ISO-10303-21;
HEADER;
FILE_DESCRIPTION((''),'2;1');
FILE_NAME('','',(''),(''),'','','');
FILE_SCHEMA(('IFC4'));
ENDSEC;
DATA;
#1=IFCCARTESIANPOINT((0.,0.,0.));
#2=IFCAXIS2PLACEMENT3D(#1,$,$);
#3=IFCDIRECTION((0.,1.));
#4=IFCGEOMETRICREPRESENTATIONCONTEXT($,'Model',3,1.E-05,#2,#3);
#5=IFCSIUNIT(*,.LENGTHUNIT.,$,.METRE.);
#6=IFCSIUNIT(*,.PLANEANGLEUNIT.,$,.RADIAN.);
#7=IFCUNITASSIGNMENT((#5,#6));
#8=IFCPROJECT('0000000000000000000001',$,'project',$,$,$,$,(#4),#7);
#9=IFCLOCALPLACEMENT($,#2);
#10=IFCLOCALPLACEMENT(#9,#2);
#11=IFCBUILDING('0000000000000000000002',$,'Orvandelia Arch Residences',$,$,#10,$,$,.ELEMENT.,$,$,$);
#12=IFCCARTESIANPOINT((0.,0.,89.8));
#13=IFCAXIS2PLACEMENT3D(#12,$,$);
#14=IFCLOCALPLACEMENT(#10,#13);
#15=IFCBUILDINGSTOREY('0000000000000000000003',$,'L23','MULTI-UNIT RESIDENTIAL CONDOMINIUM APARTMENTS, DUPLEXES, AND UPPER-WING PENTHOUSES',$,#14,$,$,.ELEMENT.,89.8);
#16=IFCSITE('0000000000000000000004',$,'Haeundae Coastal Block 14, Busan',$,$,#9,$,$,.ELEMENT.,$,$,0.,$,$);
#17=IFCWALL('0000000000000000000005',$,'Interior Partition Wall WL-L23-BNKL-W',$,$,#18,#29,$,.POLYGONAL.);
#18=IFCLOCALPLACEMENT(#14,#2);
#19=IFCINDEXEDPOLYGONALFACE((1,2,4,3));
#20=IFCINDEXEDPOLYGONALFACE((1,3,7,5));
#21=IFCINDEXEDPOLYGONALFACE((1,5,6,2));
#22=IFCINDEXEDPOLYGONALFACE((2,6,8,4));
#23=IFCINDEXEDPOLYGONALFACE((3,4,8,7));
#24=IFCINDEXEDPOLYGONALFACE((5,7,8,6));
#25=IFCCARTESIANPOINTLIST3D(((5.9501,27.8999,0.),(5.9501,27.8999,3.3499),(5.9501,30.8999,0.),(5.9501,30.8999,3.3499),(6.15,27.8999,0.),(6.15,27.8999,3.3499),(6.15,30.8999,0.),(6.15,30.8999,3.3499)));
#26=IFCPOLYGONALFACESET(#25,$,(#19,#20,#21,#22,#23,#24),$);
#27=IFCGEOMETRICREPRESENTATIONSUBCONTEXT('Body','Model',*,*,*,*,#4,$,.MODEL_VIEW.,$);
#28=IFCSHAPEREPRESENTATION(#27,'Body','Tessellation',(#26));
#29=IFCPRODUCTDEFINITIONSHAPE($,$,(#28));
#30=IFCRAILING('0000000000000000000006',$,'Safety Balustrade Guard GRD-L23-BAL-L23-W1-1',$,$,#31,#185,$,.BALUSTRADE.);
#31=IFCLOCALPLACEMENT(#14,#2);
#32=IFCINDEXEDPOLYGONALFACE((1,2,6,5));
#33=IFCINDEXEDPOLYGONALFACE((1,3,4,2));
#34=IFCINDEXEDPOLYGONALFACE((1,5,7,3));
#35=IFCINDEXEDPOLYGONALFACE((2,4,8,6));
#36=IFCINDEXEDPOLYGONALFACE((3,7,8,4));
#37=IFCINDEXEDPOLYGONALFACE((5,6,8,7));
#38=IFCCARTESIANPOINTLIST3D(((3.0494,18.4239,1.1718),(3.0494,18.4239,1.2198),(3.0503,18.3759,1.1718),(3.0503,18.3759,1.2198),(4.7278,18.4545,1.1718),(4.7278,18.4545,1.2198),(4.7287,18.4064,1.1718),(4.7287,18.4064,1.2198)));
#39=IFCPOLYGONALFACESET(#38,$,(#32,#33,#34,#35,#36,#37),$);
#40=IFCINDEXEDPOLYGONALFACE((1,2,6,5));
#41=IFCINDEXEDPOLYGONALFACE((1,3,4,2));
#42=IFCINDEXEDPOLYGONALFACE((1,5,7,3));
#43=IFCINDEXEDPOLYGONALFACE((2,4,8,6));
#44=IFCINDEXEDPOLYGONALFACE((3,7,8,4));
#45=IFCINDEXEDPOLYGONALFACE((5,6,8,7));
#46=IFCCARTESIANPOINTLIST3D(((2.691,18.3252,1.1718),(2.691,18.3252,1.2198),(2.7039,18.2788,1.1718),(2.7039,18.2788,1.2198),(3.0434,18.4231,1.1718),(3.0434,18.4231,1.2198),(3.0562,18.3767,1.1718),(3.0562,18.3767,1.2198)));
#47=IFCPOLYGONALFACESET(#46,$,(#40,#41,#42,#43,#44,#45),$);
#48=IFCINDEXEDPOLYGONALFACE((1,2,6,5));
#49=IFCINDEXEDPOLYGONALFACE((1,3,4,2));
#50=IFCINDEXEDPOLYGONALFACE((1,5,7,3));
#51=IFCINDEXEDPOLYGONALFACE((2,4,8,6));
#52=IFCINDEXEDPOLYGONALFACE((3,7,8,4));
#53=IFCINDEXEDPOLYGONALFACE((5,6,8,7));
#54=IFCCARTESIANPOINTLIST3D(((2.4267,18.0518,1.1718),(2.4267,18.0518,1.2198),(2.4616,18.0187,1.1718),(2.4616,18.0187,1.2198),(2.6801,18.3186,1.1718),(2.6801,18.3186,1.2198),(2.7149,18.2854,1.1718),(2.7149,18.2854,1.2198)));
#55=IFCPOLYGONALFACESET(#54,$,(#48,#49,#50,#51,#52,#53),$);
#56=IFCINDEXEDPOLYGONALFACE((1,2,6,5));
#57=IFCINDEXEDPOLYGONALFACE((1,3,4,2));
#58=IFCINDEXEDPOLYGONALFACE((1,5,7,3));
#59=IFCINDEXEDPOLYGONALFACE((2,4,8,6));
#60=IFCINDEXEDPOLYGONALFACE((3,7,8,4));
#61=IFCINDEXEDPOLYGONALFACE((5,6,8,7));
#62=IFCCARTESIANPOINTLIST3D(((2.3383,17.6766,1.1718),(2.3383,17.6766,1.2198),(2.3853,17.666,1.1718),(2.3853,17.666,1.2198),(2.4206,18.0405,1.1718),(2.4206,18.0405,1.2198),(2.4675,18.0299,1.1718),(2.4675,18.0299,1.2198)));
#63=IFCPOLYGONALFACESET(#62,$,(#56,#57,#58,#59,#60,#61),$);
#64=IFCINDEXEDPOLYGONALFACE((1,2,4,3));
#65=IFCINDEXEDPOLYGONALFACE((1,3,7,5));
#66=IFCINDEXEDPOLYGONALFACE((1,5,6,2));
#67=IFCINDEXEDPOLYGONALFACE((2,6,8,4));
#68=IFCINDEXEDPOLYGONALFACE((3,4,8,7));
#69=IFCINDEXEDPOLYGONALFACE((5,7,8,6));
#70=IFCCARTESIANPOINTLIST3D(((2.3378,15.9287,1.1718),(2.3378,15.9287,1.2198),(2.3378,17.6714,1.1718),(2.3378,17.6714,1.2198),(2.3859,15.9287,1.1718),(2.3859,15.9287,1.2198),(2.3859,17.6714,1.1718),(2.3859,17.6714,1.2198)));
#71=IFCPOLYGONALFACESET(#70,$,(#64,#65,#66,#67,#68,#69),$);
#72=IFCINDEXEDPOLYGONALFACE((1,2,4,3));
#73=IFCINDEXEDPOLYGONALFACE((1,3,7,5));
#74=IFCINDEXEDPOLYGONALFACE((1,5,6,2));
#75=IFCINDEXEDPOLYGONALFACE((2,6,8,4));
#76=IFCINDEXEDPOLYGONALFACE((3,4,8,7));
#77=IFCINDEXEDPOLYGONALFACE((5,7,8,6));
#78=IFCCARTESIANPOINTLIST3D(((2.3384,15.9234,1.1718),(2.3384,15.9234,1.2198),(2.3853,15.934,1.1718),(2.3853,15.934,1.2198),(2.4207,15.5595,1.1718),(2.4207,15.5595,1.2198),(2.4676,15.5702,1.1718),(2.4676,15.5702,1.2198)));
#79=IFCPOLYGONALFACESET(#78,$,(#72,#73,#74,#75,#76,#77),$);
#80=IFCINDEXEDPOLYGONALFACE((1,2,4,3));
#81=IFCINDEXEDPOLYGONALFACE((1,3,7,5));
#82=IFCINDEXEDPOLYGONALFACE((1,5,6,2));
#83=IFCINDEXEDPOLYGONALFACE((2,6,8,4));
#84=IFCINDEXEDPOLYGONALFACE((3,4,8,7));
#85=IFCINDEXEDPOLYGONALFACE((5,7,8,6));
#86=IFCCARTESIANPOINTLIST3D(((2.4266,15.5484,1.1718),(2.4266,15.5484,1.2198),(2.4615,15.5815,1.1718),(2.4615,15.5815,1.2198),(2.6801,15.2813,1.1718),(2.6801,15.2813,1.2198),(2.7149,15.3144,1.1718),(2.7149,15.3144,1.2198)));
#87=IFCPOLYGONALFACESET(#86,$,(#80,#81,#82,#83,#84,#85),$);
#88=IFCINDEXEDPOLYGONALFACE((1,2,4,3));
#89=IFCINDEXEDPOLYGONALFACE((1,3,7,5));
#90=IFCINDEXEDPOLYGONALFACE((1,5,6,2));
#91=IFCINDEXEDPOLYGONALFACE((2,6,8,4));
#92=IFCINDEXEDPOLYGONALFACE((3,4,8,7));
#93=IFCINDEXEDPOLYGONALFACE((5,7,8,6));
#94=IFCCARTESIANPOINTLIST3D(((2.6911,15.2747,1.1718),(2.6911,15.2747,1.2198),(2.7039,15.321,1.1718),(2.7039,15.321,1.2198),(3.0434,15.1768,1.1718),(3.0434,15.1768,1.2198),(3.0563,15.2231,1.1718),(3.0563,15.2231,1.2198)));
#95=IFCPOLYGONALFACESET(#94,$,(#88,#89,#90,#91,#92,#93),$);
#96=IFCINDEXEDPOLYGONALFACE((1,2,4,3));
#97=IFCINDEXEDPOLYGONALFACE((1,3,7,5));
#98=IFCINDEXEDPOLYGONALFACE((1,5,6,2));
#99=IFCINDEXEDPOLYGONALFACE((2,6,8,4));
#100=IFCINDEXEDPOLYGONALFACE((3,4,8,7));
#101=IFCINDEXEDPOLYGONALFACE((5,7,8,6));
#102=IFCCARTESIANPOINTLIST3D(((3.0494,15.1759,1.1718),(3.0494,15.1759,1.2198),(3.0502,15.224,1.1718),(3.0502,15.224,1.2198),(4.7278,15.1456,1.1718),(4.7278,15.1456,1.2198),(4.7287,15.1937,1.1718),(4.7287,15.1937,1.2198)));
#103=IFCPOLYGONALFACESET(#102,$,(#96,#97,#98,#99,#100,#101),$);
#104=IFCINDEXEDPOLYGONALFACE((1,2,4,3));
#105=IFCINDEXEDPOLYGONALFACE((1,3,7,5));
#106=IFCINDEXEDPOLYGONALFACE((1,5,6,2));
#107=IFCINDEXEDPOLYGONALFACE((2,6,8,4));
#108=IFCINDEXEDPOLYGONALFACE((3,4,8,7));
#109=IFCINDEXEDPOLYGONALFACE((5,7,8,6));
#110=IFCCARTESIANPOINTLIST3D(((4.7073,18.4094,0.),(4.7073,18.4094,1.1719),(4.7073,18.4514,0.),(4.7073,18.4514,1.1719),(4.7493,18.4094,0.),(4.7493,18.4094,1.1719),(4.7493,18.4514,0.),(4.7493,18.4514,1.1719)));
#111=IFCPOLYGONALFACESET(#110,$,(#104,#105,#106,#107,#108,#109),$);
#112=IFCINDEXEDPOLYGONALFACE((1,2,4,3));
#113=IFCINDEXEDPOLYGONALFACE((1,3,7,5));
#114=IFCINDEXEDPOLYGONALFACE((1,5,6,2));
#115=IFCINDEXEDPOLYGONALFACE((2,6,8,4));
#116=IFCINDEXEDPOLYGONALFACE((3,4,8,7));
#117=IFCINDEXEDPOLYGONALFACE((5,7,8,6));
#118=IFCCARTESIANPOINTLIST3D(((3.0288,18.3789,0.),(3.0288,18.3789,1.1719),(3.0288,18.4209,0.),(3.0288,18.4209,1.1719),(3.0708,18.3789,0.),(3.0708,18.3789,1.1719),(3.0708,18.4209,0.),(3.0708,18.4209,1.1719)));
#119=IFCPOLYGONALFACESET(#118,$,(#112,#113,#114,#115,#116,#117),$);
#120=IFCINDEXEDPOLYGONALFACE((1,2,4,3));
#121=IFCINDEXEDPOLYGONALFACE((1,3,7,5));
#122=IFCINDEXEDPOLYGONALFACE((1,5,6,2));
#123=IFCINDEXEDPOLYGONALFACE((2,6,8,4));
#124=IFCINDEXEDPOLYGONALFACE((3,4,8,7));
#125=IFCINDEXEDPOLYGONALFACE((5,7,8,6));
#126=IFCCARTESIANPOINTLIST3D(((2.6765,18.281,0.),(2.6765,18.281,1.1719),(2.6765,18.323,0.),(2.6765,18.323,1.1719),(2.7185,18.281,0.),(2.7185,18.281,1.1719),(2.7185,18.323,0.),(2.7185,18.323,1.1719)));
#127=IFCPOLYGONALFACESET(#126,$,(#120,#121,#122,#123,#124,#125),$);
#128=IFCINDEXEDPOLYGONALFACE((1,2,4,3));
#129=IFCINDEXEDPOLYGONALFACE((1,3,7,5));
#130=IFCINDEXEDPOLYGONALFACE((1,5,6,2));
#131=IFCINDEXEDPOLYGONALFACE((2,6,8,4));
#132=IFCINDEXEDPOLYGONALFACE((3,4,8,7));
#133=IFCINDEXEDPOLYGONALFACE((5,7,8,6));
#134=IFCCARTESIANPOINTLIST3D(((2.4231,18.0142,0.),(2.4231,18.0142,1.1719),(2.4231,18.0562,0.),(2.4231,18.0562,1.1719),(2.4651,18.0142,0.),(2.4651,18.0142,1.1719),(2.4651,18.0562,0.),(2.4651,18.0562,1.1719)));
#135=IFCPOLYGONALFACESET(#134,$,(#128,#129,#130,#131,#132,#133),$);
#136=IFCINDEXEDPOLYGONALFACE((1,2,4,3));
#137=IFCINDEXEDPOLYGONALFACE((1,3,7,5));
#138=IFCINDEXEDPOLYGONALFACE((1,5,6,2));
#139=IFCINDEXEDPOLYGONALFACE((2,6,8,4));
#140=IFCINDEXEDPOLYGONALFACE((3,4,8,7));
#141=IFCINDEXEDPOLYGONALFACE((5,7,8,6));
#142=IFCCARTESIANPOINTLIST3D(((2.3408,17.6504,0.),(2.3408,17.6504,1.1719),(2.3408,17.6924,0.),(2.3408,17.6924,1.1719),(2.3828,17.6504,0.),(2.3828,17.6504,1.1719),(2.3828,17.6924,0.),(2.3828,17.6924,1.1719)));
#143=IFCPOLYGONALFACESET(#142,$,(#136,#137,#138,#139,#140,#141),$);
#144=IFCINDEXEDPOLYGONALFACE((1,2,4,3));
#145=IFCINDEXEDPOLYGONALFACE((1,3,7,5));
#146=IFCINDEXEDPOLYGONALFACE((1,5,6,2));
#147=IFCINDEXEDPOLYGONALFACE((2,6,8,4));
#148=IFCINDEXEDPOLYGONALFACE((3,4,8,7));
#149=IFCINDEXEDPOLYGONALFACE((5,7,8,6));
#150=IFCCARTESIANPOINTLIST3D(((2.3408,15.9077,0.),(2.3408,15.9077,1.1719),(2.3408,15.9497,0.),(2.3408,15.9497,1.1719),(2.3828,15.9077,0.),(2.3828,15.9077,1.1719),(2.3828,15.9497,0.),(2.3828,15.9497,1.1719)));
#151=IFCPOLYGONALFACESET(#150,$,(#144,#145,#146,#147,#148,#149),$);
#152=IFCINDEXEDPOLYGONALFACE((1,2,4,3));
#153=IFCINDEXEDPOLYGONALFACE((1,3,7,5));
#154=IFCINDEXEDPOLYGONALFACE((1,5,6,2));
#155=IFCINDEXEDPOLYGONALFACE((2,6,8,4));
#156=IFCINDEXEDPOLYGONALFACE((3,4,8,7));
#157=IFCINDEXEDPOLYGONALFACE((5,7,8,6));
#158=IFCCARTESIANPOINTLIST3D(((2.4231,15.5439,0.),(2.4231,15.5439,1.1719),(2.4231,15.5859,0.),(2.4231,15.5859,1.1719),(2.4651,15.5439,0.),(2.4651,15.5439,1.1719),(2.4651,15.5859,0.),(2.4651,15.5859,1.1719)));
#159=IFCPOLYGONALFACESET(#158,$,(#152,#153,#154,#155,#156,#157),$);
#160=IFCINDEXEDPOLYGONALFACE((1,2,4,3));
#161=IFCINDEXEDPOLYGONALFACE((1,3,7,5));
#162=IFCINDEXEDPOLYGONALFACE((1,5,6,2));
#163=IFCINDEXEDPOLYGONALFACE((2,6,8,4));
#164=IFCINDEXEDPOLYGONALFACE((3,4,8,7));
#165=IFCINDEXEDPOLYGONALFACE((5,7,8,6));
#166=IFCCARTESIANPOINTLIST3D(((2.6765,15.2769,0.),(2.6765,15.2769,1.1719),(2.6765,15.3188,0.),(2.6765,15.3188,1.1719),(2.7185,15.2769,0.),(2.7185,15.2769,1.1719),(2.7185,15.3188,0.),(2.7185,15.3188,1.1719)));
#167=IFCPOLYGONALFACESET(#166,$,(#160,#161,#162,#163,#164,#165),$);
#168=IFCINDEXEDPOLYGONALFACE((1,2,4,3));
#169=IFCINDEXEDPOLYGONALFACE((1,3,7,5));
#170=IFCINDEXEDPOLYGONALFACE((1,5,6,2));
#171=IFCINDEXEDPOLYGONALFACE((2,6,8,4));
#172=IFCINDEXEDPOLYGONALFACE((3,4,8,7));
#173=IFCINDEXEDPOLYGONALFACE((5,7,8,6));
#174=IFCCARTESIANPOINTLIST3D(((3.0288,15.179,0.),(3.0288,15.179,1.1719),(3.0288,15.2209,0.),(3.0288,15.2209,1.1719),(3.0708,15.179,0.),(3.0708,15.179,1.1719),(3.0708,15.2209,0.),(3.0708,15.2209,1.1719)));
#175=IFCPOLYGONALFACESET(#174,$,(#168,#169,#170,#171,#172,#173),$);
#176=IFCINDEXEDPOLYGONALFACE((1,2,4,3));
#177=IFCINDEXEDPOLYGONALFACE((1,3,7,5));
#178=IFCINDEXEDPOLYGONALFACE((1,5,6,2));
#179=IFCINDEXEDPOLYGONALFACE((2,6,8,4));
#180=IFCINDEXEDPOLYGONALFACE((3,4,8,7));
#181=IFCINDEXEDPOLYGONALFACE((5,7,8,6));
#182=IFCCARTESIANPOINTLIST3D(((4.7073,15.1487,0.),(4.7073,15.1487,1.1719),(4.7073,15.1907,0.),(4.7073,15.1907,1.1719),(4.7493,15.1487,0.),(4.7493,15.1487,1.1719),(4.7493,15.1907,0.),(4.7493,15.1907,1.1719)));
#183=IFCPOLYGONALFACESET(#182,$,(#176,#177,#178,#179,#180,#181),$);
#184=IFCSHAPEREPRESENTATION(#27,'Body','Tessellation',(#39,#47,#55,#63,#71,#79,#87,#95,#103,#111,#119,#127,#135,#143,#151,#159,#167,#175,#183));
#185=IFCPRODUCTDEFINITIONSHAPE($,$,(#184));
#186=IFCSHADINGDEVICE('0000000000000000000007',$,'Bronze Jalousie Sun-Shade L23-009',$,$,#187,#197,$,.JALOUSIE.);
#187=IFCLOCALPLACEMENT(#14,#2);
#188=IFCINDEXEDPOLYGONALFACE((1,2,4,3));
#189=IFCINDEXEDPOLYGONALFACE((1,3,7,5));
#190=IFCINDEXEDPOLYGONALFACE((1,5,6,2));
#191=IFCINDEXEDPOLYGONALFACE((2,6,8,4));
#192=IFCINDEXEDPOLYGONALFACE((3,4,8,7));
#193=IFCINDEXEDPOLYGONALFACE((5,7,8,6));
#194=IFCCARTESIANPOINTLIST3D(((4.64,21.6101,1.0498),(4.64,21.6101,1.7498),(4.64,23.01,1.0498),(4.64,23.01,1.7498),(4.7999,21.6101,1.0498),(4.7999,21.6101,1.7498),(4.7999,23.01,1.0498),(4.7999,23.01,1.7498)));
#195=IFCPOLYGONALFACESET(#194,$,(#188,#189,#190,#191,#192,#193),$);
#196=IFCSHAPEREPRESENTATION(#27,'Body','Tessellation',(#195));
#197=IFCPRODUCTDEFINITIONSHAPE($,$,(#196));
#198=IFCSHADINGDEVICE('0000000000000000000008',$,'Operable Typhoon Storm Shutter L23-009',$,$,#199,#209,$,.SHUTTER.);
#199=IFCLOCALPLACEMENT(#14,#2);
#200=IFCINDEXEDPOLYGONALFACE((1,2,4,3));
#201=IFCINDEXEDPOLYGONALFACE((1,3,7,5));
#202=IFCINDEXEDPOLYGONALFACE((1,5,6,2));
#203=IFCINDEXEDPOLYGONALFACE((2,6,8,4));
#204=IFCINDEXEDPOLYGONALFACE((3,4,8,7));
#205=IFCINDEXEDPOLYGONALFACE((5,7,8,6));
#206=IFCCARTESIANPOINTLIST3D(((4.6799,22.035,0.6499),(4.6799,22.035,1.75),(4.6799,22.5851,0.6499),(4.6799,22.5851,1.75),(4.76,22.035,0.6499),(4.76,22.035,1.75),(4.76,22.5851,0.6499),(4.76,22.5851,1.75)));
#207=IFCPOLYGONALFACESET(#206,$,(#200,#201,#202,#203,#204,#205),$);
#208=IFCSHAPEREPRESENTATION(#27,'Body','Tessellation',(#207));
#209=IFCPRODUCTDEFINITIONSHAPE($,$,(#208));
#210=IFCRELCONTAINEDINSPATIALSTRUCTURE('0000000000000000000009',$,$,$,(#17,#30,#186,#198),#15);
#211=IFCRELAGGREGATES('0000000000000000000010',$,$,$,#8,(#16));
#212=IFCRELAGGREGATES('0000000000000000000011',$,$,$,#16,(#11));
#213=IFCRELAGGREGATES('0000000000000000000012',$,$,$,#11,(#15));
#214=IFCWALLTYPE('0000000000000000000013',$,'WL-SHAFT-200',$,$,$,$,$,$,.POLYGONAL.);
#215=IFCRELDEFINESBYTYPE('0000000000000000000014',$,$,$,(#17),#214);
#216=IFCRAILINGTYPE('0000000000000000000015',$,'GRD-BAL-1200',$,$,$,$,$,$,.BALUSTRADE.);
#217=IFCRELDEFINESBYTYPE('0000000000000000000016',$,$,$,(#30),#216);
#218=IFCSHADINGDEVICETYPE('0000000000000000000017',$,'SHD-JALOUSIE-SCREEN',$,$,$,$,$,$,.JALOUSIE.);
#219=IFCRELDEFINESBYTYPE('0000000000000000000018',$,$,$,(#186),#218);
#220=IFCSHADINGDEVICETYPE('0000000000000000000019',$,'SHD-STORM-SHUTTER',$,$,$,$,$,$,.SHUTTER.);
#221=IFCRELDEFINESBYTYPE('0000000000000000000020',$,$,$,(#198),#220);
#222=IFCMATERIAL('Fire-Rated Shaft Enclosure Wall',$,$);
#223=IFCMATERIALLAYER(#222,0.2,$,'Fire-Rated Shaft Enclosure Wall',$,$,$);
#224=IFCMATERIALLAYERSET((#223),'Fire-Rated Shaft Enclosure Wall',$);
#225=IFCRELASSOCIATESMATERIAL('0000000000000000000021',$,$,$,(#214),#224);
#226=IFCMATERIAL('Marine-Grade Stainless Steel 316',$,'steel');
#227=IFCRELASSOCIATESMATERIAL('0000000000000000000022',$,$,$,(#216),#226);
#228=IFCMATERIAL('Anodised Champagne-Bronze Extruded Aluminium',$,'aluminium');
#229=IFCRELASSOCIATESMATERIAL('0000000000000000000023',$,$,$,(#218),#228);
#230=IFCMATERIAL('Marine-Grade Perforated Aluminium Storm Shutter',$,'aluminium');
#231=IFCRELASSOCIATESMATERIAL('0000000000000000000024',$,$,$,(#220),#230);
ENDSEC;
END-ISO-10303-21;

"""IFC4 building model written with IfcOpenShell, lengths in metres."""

from ifc_helpers import new_model, si_unit, direction, frame, frame_2d, origin, origin_2d, place, context, subcontext, project, spatial, rectangle, extrude, material, layer, layer_set, type_object, element, save


model = new_model("IFC4")

# Units and contexts
model_context = context("Model", 3, precision=1e-05, world=origin(), true_north=direction((0.0, 1.0)))
body_context = subcontext(model_context, "Body", "Model", "MODEL_VIEW")
ifc_project = project(units=[si_unit("LENGTHUNIT", "METRE"), si_unit("PLANEANGLEUNIT", "RADIAN")], contexts=[model_context])

# Site, building, storey
site_placement = place(None, origin())
site = spatial("IfcSite", under=ifc_project, at=site_placement, Name="Haeundae Coastal Block 14, Busan", CompositionType="ELEMENT", RefElevation=0.0)
building_placement = place(site_placement, origin())
building = spatial("IfcBuilding", under=site, at=building_placement, Name="Orvandelia Arch Residences", CompositionType="ELEMENT")
storey_placement = place(building_placement, frame((0.0, 0.0, 89.8)))
storey = spatial("IfcBuildingStorey", under=building, at=storey_placement, Name="L23", Description="MULTI-UNIT RESIDENTIAL CONDOMINIUM APARTMENTS, DUPLEXES, AND UPPER-WING PENTHOUSES", CompositionType="ELEMENT", Elevation=89.8)

# Wall
ifc_material_1 = material(Name="Fire-Rated Shaft Enclosure Wall")
ifc_layer_1 = layer(ifc_material_1, 0.2, Name="Fire-Rated Shaft Enclosure Wall")
ifc_layer_set_1 = layer_set([ifc_layer_1], Name="Fire-Rated Shaft Enclosure Wall")
wall_type_1 = type_object("IfcWallType", Name="WL-SHAFT-200", PredefinedType="POLYGONAL", material=ifc_layer_set_1)
wall_1_placement = place(storey_placement, frame((6.05, 27.8999, 0.0), z_axis=(0.0, 0.0, 1.0), x_axis=(0.0, 1.0, 0.0)))
element("IfcWall", 1, at=wall_1_placement, inside=storey, type_object=wall_type_1, Name="Interior Partition Wall WL-L23-BNKL-W", PredefinedType="POLYGONAL", context=body_context, shape_type="SweptSolid", body=[
    extrude(rectangle(XDim=3.0, YDim=0.2, at=frame_2d((1.5, 0.0))), origin(), (0.0, 0.0, 1.0), 3.3499),
])

# Railing
ifc_material_2 = material(Name="Marine-Grade Stainless Steel 316", Category="steel")
railing_type = type_object("IfcRailingType", Name="GRD-BAL-1200", PredefinedType="BALUSTRADE", material=ifc_material_2)
railing_placement = place(storey_placement, frame((4.7283, 18.4304, 0.0)))
element("IfcRailing", 2, at=railing_placement, inside=storey, type_object=railing_type, Name="Safety Balustrade Guard GRD-L23-BAL-L23-W1-1", PredefinedType="BALUSTRADE", context=body_context, shape_type="SweptSolid", body=[
    extrude(rectangle(XDim=0.0481, YDim=0.0481, at=origin_2d()), frame((0.0, 0.0, 1.1958), z_axis=(-0.999835, -0.018179, 0.0), x_axis=(0.018179, -0.999835, 0.0)), (0.0, 0.0, 1.0), 1.6787),
    extrude(rectangle(XDim=0.0481, YDim=0.0481, at=origin_2d()), frame((-1.6785, -0.0305, 1.1958), z_axis=(-0.963489, -0.267747, 0.0), x_axis=(0.267747, -0.963489, 0.0)), (0.0, 0.0, 1.0), 0.3657),
    extrude(rectangle(XDim=0.0481, YDim=0.0481, at=origin_2d()), frame((-2.0308, -0.1284, 1.1958), z_axis=(-0.688627, -0.725115, 0.0), x_axis=(0.725115, -0.688627, 0.0)), (0.0, 0.0, 1.0), 0.3679),
    extrude(rectangle(XDim=0.0481, YDim=0.0481, at=origin_2d()), frame((-2.2842, -0.3953, 1.1958), z_axis=(-0.220602, -0.975364, 0.0), x_axis=(0.975364, -0.220602, 0.0)), (0.0, 0.0, 1.0), 0.373),
    extrude(rectangle(XDim=0.0481, YDim=0.0481, at=origin_2d()), frame((-2.3665, -0.759, 1.1958), z_axis=(0.0, -1.0, 0.0), x_axis=(1.0, 0.0, 0.0)), (0.0, 0.0, 1.0), 1.7427),
    extrude(rectangle(XDim=0.0481, YDim=0.0481, at=origin_2d()), frame((-2.3665, -2.5017, 1.1958), z_axis=(0.220602, -0.975364, 0.0), x_axis=(0.975364, 0.220602, 0.0)), (0.0, 0.0, 1.0), 0.373),
    extrude(rectangle(XDim=0.0481, YDim=0.0481, at=origin_2d()), frame((-2.2842, -2.8655, 1.1958), z_axis=(0.688296, -0.72543, 0.0), x_axis=(0.72543, 0.688296, 0.0)), (0.0, 0.0, 1.0), 0.3682),
    extrude(rectangle(XDim=0.0481, YDim=0.0481, at=origin_2d()), frame((-2.0308, -3.1326, 1.1958), z_axis=(0.963489, -0.267747, 0.0), x_axis=(0.267747, 0.963489, 0.0)), (0.0, 0.0, 1.0), 0.3657),
    extrude(rectangle(XDim=0.0481, YDim=0.0481, at=origin_2d()), frame((-1.6785, -3.2305, 1.1958), z_axis=(0.999837, -0.018033, 0.0), x_axis=(0.018033, 0.999837, 0.0)), (0.0, 0.0, 1.0), 1.6787),
    extrude(rectangle(XDim=0.042, YDim=0.042, at=origin_2d()), origin(), (0.0, 0.0, 1.0), 1.1719),
    extrude(rectangle(XDim=0.042, YDim=0.042, at=origin_2d()), frame((-1.6785, -0.0305, 0.0)), (0.0, 0.0, 1.0), 1.1719),
    extrude(rectangle(XDim=0.042, YDim=0.042, at=origin_2d()), frame((-2.0308, -0.1284, 0.0)), (0.0, 0.0, 1.0), 1.1719),
    extrude(rectangle(XDim=0.042, YDim=0.042, at=origin_2d()), frame((-2.2842, -0.3953, 0.0)), (0.0, 0.0, 1.0), 1.1719),
    extrude(rectangle(XDim=0.042, YDim=0.042, at=origin_2d()), frame((-2.3665, -0.759, 0.0)), (0.0, 0.0, 1.0), 1.1719),
    extrude(rectangle(XDim=0.042, YDim=0.042, at=origin_2d()), frame((-2.3665, -2.5017, 0.0)), (0.0, 0.0, 1.0), 1.1719),
    extrude(rectangle(XDim=0.042, YDim=0.042, at=origin_2d()), frame((-2.2842, -2.8655, 0.0)), (0.0, 0.0, 1.0), 1.1719),
    extrude(rectangle(XDim=0.042, YDim=0.042, at=origin_2d()), frame((-2.0308, -3.1326, 0.0)), (0.0, 0.0, 1.0), 1.1719),
    extrude(rectangle(XDim=0.042, YDim=0.042, at=origin_2d()), frame((-1.6785, -3.2305, 0.0)), (0.0, 0.0, 1.0), 1.1719),
    extrude(rectangle(XDim=0.042, YDim=0.042, at=origin_2d()), frame((0.0, -3.2607, 0.0)), (0.0, 0.0, 1.0), 1.1719),
])

# Shading devices
ifc_material_3 = material(Name="Anodised Champagne-Bronze Extruded Aluminium", Category="aluminium")
shading_device_type_1 = type_object("IfcShadingDeviceType", Name="SHD-JALOUSIE-SCREEN", PredefinedType="JALOUSIE", material=ifc_material_3)
shading_device_1_placement = place(storey_placement, frame((4.72, 22.3101, 1.0498), z_axis=(0.0, 0.0, 1.0), x_axis=(0.0, 1.0, 0.0)))
element("IfcShadingDevice", 3, at=shading_device_1_placement, inside=storey, type_object=shading_device_type_1, Name="Bronze Jalousie Sun-Shade L23-009", PredefinedType="JALOUSIE", context=body_context, shape_type="SweptSolid", body=[
    extrude(rectangle(XDim=1.3999, YDim=0.1599, at=origin_2d()), origin(), (0.0, 0.0, 1.0), 0.7),
])
ifc_material_4 = material(Name="Marine-Grade Perforated Aluminium Storm Shutter", Category="aluminium")
shading_device_type_2 = type_object("IfcShadingDeviceType", Name="SHD-STORM-SHUTTER", PredefinedType="SHUTTER", material=ifc_material_4)
shading_device_2_placement = place(storey_placement, frame((4.72, 22.3101, 0.6499), z_axis=(0.0, 0.0, 1.0), x_axis=(0.0, 1.0, 0.0)))
element("IfcShadingDevice", 4, at=shading_device_2_placement, inside=storey, type_object=shading_device_type_2, Name="Operable Typhoon Storm Shutter L23-009", PredefinedType="SHUTTER", context=body_context, shape_type="SweptSolid", body=[
    extrude(rectangle(XDim=0.55, YDim=0.0801, at=origin_2d()), origin(), (0.0, 0.0, 1.0), 1.1001),
])

save(model, "model.ifc")
